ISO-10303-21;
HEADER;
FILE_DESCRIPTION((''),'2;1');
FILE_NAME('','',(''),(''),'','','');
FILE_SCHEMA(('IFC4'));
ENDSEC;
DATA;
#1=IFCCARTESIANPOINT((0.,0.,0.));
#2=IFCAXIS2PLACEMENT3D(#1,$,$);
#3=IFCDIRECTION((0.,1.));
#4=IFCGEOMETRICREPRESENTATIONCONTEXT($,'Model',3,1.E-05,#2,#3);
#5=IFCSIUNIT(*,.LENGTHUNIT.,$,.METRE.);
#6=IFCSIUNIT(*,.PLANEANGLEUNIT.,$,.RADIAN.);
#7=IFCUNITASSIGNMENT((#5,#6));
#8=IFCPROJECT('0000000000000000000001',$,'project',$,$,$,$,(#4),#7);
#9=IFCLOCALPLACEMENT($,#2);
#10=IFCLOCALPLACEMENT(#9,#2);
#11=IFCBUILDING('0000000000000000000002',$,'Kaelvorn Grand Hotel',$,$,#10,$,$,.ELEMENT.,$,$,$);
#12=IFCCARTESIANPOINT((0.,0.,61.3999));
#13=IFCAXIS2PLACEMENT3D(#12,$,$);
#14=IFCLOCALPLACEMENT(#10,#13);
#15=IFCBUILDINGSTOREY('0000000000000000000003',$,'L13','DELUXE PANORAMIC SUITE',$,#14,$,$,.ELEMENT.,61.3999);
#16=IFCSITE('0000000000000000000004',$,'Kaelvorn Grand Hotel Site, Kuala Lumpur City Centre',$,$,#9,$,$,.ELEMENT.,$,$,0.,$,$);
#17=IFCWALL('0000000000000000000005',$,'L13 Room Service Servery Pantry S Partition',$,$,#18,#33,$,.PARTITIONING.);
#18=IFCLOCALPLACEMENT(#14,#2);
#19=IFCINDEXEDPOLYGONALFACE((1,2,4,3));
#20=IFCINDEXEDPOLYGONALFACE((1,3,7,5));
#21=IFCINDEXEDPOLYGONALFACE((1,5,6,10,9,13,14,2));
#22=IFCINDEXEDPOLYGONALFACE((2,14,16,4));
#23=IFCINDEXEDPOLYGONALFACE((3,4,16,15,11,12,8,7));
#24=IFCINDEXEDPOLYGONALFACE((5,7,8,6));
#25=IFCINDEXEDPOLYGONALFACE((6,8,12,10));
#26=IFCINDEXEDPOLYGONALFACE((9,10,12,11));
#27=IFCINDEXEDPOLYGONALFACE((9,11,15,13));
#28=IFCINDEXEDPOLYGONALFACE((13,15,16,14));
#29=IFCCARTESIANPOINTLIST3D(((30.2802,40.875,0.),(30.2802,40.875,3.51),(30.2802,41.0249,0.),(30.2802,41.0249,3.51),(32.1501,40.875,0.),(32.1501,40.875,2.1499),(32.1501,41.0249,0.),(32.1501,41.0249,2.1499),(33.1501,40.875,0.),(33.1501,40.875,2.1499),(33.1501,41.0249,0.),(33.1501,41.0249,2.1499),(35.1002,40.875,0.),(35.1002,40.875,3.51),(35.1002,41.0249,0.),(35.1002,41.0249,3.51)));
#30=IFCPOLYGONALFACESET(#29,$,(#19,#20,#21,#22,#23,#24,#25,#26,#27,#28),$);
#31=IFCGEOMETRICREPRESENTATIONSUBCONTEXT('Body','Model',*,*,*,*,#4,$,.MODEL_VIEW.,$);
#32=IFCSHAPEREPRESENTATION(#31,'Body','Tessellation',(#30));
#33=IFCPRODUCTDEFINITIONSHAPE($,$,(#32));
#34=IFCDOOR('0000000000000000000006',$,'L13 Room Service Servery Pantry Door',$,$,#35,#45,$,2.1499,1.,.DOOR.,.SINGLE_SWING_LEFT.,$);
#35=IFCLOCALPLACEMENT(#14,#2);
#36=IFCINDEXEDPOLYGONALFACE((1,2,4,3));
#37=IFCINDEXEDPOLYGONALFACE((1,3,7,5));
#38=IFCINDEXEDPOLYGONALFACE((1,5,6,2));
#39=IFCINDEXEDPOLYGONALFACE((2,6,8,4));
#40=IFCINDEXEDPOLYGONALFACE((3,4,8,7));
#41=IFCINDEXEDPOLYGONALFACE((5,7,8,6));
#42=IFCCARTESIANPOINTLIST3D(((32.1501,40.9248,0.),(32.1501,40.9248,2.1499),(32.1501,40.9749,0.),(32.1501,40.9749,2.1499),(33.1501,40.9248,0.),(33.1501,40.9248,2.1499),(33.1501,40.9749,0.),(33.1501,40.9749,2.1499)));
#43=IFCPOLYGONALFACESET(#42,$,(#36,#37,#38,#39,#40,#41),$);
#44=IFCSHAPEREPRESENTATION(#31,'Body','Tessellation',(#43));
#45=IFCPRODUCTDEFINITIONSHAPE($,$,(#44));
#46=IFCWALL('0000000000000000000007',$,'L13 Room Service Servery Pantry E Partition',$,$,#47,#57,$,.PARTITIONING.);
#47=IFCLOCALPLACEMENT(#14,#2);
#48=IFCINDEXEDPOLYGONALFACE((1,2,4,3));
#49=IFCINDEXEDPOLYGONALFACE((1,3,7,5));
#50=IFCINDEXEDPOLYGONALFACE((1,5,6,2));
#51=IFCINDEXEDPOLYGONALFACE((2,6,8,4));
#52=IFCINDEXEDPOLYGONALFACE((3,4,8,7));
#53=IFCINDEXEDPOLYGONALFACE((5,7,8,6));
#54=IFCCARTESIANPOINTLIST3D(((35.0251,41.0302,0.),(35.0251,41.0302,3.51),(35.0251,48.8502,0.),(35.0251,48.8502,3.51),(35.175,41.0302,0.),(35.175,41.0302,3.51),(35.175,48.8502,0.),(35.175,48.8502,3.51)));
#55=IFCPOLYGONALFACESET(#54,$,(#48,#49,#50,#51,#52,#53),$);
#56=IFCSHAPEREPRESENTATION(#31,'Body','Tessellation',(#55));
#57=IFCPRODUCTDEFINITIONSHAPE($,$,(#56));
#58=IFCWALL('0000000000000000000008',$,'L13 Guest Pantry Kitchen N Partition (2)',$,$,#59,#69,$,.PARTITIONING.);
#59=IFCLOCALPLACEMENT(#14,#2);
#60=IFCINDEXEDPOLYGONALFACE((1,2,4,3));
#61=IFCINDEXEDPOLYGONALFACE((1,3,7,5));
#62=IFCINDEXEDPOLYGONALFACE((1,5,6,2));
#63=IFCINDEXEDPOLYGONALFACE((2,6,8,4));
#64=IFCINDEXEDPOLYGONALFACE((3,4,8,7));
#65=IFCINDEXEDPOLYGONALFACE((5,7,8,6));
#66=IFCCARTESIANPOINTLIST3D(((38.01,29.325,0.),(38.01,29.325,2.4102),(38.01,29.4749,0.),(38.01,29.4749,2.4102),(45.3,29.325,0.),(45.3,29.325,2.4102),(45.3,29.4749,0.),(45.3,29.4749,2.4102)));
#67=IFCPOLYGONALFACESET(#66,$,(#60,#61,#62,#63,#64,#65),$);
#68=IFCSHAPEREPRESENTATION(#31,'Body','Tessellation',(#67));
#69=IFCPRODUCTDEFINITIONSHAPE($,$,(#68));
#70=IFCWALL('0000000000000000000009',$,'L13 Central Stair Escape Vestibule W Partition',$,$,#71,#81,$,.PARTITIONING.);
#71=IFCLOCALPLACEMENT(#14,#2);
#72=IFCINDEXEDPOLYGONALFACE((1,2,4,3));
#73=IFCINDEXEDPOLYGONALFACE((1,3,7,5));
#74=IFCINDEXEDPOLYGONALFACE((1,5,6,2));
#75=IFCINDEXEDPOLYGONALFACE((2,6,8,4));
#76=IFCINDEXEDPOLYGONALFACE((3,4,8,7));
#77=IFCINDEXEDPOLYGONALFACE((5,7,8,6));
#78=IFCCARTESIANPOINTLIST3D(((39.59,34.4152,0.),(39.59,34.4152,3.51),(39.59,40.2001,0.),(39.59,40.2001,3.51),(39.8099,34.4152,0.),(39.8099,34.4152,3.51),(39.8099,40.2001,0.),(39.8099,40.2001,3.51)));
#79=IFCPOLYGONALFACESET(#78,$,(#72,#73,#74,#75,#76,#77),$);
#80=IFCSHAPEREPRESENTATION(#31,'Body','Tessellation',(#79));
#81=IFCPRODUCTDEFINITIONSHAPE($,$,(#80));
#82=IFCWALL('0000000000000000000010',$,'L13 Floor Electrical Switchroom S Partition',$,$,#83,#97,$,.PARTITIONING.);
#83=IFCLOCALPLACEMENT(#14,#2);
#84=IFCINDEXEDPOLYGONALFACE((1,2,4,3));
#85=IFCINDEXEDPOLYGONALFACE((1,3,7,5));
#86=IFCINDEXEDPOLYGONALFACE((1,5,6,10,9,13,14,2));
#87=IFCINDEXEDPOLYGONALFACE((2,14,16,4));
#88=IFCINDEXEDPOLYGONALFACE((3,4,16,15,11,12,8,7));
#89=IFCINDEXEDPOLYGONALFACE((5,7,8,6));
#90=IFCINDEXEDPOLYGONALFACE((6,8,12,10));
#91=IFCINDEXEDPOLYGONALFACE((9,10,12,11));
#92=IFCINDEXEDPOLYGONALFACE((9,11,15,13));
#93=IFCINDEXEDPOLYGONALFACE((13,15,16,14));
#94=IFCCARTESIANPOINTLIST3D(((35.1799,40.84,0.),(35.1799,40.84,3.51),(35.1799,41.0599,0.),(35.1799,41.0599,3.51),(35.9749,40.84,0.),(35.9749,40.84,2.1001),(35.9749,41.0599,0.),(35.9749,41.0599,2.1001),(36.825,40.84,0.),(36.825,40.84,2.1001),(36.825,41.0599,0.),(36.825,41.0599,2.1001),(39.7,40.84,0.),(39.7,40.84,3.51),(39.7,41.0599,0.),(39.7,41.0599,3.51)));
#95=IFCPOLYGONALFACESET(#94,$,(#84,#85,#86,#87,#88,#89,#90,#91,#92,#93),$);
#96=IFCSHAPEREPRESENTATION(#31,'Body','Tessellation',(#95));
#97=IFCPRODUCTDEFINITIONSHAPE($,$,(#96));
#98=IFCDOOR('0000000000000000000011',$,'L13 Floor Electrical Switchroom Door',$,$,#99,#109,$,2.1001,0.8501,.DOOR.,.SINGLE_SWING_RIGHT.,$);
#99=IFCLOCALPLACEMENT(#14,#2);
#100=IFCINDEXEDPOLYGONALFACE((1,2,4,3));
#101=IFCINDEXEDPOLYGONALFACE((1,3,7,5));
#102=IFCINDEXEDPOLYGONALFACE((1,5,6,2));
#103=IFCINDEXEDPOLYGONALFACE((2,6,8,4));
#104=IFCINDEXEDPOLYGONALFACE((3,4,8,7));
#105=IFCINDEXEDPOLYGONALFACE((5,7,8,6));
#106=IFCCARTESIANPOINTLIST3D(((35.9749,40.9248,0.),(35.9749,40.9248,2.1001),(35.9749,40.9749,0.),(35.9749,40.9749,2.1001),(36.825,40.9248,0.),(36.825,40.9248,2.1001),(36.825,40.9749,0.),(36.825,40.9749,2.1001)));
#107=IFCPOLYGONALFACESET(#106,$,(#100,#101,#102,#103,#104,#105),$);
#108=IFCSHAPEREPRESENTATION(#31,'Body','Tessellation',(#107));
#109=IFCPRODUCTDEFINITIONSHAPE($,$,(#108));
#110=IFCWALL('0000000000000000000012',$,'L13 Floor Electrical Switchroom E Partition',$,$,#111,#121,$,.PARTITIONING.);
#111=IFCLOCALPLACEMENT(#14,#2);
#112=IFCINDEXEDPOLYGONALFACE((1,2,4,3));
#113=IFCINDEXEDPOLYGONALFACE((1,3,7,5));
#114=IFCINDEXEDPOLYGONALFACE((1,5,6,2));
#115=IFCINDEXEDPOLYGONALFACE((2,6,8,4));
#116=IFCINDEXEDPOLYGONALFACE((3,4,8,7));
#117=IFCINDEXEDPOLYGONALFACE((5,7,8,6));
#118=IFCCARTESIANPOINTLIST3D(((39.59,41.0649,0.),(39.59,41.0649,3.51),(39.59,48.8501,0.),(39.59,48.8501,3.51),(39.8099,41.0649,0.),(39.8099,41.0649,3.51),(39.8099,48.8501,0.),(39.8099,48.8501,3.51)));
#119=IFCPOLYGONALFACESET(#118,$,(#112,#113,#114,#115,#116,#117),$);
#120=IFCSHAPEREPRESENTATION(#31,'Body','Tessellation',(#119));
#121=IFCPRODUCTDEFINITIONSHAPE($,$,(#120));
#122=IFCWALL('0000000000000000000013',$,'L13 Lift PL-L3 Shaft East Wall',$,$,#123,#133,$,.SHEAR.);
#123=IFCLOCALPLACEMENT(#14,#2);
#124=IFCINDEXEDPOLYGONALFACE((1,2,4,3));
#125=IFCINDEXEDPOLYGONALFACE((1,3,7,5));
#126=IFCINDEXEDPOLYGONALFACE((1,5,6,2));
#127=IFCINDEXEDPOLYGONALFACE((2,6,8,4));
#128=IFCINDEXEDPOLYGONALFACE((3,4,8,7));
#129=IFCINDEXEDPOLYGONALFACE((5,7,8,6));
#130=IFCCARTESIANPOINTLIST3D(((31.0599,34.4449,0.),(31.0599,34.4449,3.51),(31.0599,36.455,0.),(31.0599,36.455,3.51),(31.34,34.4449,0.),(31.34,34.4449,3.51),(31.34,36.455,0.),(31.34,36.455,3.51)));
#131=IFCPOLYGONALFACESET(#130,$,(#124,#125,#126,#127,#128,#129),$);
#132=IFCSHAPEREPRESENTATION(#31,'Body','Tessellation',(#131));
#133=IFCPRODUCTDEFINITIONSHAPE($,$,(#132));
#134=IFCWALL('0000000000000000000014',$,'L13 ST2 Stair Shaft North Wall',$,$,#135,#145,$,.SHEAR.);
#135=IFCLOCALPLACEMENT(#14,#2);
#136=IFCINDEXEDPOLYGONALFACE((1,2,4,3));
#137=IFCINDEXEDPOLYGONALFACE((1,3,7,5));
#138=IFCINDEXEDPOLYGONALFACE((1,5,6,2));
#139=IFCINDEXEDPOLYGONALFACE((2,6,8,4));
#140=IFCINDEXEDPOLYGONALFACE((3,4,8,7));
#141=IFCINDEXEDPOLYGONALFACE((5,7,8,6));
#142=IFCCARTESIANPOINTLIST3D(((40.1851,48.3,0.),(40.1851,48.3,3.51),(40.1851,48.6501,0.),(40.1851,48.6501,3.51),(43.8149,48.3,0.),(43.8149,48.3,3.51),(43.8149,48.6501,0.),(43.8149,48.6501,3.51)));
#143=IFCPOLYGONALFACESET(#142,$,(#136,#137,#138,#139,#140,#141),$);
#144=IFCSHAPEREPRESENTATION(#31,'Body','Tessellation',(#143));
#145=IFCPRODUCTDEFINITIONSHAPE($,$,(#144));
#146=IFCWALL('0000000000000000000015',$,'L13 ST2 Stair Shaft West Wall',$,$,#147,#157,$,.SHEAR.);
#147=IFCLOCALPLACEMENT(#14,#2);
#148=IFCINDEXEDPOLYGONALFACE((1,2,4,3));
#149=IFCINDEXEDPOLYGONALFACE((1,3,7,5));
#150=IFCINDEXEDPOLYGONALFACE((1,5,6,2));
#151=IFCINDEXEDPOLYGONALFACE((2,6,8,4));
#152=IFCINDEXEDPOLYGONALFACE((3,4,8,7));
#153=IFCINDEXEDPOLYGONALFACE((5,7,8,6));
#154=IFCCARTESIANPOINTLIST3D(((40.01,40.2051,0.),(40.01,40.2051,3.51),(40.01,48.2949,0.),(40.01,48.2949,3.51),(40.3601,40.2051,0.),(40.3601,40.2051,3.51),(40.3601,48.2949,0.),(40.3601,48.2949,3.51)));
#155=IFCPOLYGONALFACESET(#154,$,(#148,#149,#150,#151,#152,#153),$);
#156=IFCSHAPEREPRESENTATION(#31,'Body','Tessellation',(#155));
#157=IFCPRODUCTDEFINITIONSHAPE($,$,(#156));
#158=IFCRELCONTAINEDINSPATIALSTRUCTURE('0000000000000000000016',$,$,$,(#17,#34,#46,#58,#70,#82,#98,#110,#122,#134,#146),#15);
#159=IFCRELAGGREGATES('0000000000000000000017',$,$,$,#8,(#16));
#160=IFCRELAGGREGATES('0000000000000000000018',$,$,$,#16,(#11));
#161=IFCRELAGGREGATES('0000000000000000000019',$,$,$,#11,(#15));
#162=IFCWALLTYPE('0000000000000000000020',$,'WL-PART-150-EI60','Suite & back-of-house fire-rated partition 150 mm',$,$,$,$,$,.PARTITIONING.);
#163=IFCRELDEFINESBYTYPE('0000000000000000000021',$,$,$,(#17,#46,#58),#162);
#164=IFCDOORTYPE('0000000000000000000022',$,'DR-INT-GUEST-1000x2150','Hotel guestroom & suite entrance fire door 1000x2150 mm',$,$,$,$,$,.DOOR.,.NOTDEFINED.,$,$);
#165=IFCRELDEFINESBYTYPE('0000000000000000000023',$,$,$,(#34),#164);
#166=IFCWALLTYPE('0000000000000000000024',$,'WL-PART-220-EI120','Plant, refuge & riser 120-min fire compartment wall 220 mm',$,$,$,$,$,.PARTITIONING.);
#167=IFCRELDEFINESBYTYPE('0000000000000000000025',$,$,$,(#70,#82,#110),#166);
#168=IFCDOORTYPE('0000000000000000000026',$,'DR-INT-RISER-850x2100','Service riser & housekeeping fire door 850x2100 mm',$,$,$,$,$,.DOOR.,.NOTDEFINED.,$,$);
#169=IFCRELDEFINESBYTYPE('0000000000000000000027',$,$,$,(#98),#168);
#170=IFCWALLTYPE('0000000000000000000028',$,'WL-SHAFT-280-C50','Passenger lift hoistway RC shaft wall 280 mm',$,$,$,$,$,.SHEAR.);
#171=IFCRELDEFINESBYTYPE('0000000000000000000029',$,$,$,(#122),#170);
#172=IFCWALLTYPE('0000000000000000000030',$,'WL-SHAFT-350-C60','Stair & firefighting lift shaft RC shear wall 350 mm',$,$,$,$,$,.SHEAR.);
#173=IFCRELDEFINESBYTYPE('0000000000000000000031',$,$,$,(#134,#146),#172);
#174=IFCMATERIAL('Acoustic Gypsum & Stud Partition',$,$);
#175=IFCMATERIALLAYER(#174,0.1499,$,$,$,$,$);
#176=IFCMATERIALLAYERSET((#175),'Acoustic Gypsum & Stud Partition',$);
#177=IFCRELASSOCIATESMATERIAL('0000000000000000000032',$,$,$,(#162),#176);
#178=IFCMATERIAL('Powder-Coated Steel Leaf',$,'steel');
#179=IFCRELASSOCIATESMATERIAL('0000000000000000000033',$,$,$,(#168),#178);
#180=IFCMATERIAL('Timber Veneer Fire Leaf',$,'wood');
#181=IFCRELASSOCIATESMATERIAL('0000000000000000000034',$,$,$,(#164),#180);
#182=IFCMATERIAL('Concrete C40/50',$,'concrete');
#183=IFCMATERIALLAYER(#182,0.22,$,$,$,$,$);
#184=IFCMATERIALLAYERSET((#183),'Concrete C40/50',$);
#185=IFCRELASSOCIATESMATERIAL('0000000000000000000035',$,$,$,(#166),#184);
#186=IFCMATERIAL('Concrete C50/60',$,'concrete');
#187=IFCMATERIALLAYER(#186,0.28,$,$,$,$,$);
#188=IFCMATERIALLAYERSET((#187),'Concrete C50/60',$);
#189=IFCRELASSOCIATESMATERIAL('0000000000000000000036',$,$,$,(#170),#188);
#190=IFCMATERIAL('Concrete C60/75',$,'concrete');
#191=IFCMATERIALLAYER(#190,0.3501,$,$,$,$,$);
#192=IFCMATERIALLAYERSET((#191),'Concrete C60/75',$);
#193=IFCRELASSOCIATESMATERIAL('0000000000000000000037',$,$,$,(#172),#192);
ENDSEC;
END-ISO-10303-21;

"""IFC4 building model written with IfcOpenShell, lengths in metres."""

from ifc_helpers import new_model, si_unit, direction, frame, frame_2d, origin, place, context, subcontext, project, spatial, rectangle, extrude, material, layer, layer_set, type_object, element, fill, save


model = new_model("IFC4")

# Units and contexts
model_context = context("Model", 3, precision=1e-05, world=origin(), true_north=direction((0.0, 1.0)))
body_context = subcontext(model_context, "Body", "Model", "MODEL_VIEW")
ifc_project = project(units=[si_unit("LENGTHUNIT", "METRE"), si_unit("PLANEANGLEUNIT", "RADIAN")], contexts=[model_context])

# Site, building, storey
site_placement = place(None, origin())
site = spatial("IfcSite", under=ifc_project, at=site_placement, Name="Kaelvorn Grand Hotel Site, Kuala Lumpur City Centre", CompositionType="ELEMENT", RefElevation=0.0)
building_placement = place(site_placement, origin())
building = spatial("IfcBuilding", under=site, at=building_placement, Name="Kaelvorn Grand Hotel", CompositionType="ELEMENT")
storey_placement = place(building_placement, frame((0.0, 0.0, 61.3999)))
storey = spatial("IfcBuildingStorey", under=building, at=storey_placement, Name="L13", Description="DELUXE PANORAMIC SUITE", CompositionType="ELEMENT", Elevation=61.3999)

# Shared definitions
ifc_material_1 = material(Name="Concrete C60/75", Category="concrete")

# Shared definitions
ifc_material_2 = material(Name="Acoustic Gypsum & Stud Partition")
ifc_layer_1 = layer(ifc_material_2, 0.1499)
ifc_layer_set_1 = layer_set([ifc_layer_1], Name="Acoustic Gypsum & Stud Partition")
wall_type_1 = type_object("IfcWallType", Name="WL-PART-150-EI60", Description="Suite & back-of-house fire-rated partition 150 mm", PredefinedType="PARTITIONING", material=ifc_layer_set_1)
ifc_material_3 = material(Name="Powder-Coated Steel Leaf", Category="steel")
door_type_1 = type_object("IfcDoorType", Name="DR-INT-RISER-850x2100", Description="Service riser & housekeeping fire door 850x2100 mm", OperationType="NOTDEFINED", PredefinedType="DOOR", material=ifc_material_3)

# Wall, opening, door
wall_1_placement = place(storey_placement, frame((30.28, 40.95, 0.0), z_axis=(0.0, 0.0, 1.0), x_axis=(1.0, 0.0, 0.0)))
wall_1 = element("IfcWall", 1, at=wall_1_placement, inside=storey, type_object=wall_type_1, Name="L13 Room Service Servery Pantry S Partition", PredefinedType="PARTITIONING", context=body_context, shape_type="SweptSolid", body=[
    extrude(rectangle(XDim=4.8201, YDim=0.1499, at=frame_2d((2.4102, 0.0))), origin(), (0.0, 0.0, 1.0), 3.51),
])
opening_1_placement = place(wall_1_placement, frame((1.8701, 0.0, 0.0)))
opening_1 = element("IfcOpeningElement", 2, at=opening_1_placement, cuts=wall_1, PredefinedType="OPENING", context=body_context, shape_type="SweptSolid", body=[
    extrude(rectangle(XDim=1.0, YDim=2.1499, at=frame_2d((0.5, 1.075))), frame((0.0, 0.085, 0.0), z_axis=(0.0, -1.0, 0.0), x_axis=(1.0, 0.0, 0.0)), (0.0, 0.0, 1.0), 0.1699),
])
ifc_material_4 = material(Name="Timber Veneer Fire Leaf", Category="wood")
door_type_2 = type_object("IfcDoorType", Name="DR-INT-GUEST-1000x2150", Description="Hotel guestroom & suite entrance fire door 1000x2150 mm", OperationType="NOTDEFINED", PredefinedType="DOOR", material=ifc_material_4)
door_1_placement = place(opening_1_placement, origin())
door_1 = element("IfcDoor", 3, at=door_1_placement, inside=storey, type_object=door_type_2, Name="L13 Room Service Servery Pantry Door", OperationType="SINGLE_SWING_LEFT", OverallHeight=2.1499, OverallWidth=1.0, PredefinedType="DOOR", context=body_context, shape_type="SweptSolid", body=[
    extrude(rectangle(XDim=1.0, YDim=2.1499, at=frame_2d((0.5, 1.075))), frame((0.0, 0.0249, 0.0), z_axis=(0.0, -1.0, 0.0), x_axis=(1.0, 0.0, 0.0)), (0.0, 0.0, 1.0), 0.05),
])
fill(opening_1, door_1)

# Walls
wall_2_placement = place(storey_placement, frame((35.1001, 41.03, 0.0), z_axis=(0.0, 0.0, 1.0), x_axis=(0.0, 1.0, 0.0)))
element("IfcWall", 4, at=wall_2_placement, inside=storey, type_object=wall_type_1, Name="L13 Room Service Servery Pantry E Partition", PredefinedType="PARTITIONING", context=body_context, shape_type="SweptSolid", body=[
    extrude(rectangle(XDim=7.8201, YDim=0.1499, at=frame_2d((3.9102, 0.0))), origin(), (0.0, 0.0, 1.0), 3.51),
])
wall_3_placement = place(storey_placement, frame((38.01, 29.3999, 0.0), z_axis=(0.0, 0.0, 1.0), x_axis=(1.0, 0.0, 0.0)))
element("IfcWall", 5, at=wall_3_placement, inside=storey, type_object=wall_type_1, Name="L13 Guest Pantry Kitchen N Partition (2)", PredefinedType="PARTITIONING", context=body_context, shape_type="SweptSolid", body=[
    extrude(rectangle(XDim=7.29, YDim=0.1499, at=frame_2d((3.645, 0.0))), origin(), (0.0, 0.0, 1.0), 2.4102),
])

# Shared definitions
ifc_material_5 = material(Name="Concrete C40/50", Category="concrete")
ifc_layer_2 = layer(ifc_material_5, 0.22)
ifc_layer_set_2 = layer_set([ifc_layer_2], Name="Concrete C40/50")
wall_type_2 = type_object("IfcWallType", Name="WL-PART-220-EI120", Description="Plant, refuge & riser 120-min fire compartment wall 220 mm", PredefinedType="PARTITIONING", material=ifc_layer_set_2)

# Wall
wall_4_placement = place(storey_placement, frame((39.7, 34.415, 0.0), z_axis=(0.0, 0.0, 1.0), x_axis=(0.0, 1.0, 0.0)))
element("IfcWall", 6, at=wall_4_placement, inside=storey, type_object=wall_type_2, Name="L13 Central Stair Escape Vestibule W Partition", PredefinedType="PARTITIONING", context=body_context, shape_type="SweptSolid", body=[
    extrude(rectangle(XDim=5.7849, YDim=0.22, at=frame_2d((2.8926, 0.0))), origin(), (0.0, 0.0, 1.0), 3.51),
])

# Wall, opening, door
wall_5_placement = place(storey_placement, frame((35.1799, 40.95, 0.0), z_axis=(0.0, 0.0, 1.0), x_axis=(1.0, 0.0, 0.0)))
wall_5 = element("IfcWall", 7, at=wall_5_placement, inside=storey, type_object=wall_type_2, Name="L13 Floor Electrical Switchroom S Partition", PredefinedType="PARTITIONING", context=body_context, shape_type="SweptSolid", body=[
    extrude(rectangle(XDim=4.52, YDim=0.22, at=frame_2d((2.26, 0.0))), origin(), (0.0, 0.0, 1.0), 3.51),
])
opening_2_placement = place(wall_5_placement, frame((0.7949, 0.0, 0.0)))
opening_2 = element("IfcOpeningElement", 8, at=opening_2_placement, cuts=wall_5, PredefinedType="OPENING", context=body_context, shape_type="SweptSolid", body=[
    extrude(rectangle(XDim=0.8501, YDim=2.1001, at=frame_2d((0.425, 1.05))), frame((0.0, 0.1201, 0.0), z_axis=(0.0, -1.0, 0.0), x_axis=(1.0, 0.0, 0.0)), (0.0, 0.0, 1.0), 0.24),
])
door_2_placement = place(opening_2_placement, origin())
door_2 = element("IfcDoor", 9, at=door_2_placement, inside=storey, type_object=door_type_1, Name="L13 Floor Electrical Switchroom Door", OperationType="SINGLE_SWING_RIGHT", OverallHeight=2.1001, OverallWidth=0.8501, PredefinedType="DOOR", context=body_context, shape_type="SweptSolid", body=[
    extrude(rectangle(XDim=0.8501, YDim=2.1001, at=frame_2d((0.425, 1.05))), frame((0.0, 0.0249, 0.0), z_axis=(0.0, -1.0, 0.0), x_axis=(1.0, 0.0, 0.0)), (0.0, 0.0, 1.0), 0.05),
])
fill(opening_2, door_2)

# Walls
wall_6_placement = place(storey_placement, frame((39.7, 41.0649, 0.0), z_axis=(0.0, 0.0, 1.0), x_axis=(0.0, 1.0, 0.0)))
element("IfcWall", 10, at=wall_6_placement, inside=storey, type_object=wall_type_2, Name="L13 Floor Electrical Switchroom E Partition", PredefinedType="PARTITIONING", context=body_context, shape_type="SweptSolid", body=[
    extrude(rectangle(XDim=7.7852, YDim=0.22, at=frame_2d((3.8926, 0.0))), origin(), (0.0, 0.0, 1.0), 3.51),
])
ifc_material_6 = material(Name="Concrete C50/60", Category="concrete")
ifc_layer_3 = layer(ifc_material_6, 0.28)
ifc_layer_set_3 = layer_set([ifc_layer_3], Name="Concrete C50/60")
wall_type_3 = type_object("IfcWallType", Name="WL-SHAFT-280-C50", Description="Passenger lift hoistway RC shaft wall 280 mm", PredefinedType="SHEAR", material=ifc_layer_set_3)
wall_7_placement = place(storey_placement, frame((31.2, 34.4451, 0.0), z_axis=(0.0, 0.0, 1.0), x_axis=(0.0, 1.0, 0.0)))
element("IfcWall", 11, at=wall_7_placement, inside=storey, type_object=wall_type_3, Name="L13 Lift PL-L3 Shaft East Wall", PredefinedType="SHEAR", context=body_context, shape_type="SweptSolid", body=[
    extrude(rectangle(XDim=2.01, YDim=0.28, at=frame_2d((1.0049, 0.0))), origin(), (0.0, 0.0, 1.0), 3.51),
])

# Shared definitions
ifc_layer_4 = layer(ifc_material_1, 0.3501)
ifc_layer_set_4 = layer_set([ifc_layer_4], Name="Concrete C60/75")
wall_type_4 = type_object("IfcWallType", Name="WL-SHAFT-350-C60", Description="Stair & firefighting lift shaft RC shear wall 350 mm", PredefinedType="SHEAR", material=ifc_layer_set_4)

# Walls
wall_8_placement = place(storey_placement, frame((40.1851, 48.4751, 0.0), z_axis=(0.0, 0.0, 1.0), x_axis=(1.0, 0.0, 0.0)))
element("IfcWall", 12, at=wall_8_placement, inside=storey, type_object=wall_type_4, Name="L13 ST2 Stair Shaft North Wall", PredefinedType="SHEAR", context=body_context, shape_type="SweptSolid", body=[
    extrude(rectangle(XDim=3.6299, YDim=0.3501, at=frame_2d((1.8149, 0.0))), origin(), (0.0, 0.0, 1.0), 3.51),
])
wall_9_placement = place(storey_placement, frame((40.1851, 40.2051, 0.0), z_axis=(0.0, 0.0, 1.0), x_axis=(0.0, 1.0, 0.0)))
element("IfcWall", 13, at=wall_9_placement, inside=storey, type_object=wall_type_4, Name="L13 ST2 Stair Shaft West Wall", PredefinedType="SHEAR", context=body_context, shape_type="SweptSolid", body=[
    extrude(rectangle(XDim=8.0898, YDim=0.3501, at=frame_2d((4.0449, 0.0))), origin(), (0.0, 0.0, 1.0), 3.51),
])

save(model, "model.ifc")
